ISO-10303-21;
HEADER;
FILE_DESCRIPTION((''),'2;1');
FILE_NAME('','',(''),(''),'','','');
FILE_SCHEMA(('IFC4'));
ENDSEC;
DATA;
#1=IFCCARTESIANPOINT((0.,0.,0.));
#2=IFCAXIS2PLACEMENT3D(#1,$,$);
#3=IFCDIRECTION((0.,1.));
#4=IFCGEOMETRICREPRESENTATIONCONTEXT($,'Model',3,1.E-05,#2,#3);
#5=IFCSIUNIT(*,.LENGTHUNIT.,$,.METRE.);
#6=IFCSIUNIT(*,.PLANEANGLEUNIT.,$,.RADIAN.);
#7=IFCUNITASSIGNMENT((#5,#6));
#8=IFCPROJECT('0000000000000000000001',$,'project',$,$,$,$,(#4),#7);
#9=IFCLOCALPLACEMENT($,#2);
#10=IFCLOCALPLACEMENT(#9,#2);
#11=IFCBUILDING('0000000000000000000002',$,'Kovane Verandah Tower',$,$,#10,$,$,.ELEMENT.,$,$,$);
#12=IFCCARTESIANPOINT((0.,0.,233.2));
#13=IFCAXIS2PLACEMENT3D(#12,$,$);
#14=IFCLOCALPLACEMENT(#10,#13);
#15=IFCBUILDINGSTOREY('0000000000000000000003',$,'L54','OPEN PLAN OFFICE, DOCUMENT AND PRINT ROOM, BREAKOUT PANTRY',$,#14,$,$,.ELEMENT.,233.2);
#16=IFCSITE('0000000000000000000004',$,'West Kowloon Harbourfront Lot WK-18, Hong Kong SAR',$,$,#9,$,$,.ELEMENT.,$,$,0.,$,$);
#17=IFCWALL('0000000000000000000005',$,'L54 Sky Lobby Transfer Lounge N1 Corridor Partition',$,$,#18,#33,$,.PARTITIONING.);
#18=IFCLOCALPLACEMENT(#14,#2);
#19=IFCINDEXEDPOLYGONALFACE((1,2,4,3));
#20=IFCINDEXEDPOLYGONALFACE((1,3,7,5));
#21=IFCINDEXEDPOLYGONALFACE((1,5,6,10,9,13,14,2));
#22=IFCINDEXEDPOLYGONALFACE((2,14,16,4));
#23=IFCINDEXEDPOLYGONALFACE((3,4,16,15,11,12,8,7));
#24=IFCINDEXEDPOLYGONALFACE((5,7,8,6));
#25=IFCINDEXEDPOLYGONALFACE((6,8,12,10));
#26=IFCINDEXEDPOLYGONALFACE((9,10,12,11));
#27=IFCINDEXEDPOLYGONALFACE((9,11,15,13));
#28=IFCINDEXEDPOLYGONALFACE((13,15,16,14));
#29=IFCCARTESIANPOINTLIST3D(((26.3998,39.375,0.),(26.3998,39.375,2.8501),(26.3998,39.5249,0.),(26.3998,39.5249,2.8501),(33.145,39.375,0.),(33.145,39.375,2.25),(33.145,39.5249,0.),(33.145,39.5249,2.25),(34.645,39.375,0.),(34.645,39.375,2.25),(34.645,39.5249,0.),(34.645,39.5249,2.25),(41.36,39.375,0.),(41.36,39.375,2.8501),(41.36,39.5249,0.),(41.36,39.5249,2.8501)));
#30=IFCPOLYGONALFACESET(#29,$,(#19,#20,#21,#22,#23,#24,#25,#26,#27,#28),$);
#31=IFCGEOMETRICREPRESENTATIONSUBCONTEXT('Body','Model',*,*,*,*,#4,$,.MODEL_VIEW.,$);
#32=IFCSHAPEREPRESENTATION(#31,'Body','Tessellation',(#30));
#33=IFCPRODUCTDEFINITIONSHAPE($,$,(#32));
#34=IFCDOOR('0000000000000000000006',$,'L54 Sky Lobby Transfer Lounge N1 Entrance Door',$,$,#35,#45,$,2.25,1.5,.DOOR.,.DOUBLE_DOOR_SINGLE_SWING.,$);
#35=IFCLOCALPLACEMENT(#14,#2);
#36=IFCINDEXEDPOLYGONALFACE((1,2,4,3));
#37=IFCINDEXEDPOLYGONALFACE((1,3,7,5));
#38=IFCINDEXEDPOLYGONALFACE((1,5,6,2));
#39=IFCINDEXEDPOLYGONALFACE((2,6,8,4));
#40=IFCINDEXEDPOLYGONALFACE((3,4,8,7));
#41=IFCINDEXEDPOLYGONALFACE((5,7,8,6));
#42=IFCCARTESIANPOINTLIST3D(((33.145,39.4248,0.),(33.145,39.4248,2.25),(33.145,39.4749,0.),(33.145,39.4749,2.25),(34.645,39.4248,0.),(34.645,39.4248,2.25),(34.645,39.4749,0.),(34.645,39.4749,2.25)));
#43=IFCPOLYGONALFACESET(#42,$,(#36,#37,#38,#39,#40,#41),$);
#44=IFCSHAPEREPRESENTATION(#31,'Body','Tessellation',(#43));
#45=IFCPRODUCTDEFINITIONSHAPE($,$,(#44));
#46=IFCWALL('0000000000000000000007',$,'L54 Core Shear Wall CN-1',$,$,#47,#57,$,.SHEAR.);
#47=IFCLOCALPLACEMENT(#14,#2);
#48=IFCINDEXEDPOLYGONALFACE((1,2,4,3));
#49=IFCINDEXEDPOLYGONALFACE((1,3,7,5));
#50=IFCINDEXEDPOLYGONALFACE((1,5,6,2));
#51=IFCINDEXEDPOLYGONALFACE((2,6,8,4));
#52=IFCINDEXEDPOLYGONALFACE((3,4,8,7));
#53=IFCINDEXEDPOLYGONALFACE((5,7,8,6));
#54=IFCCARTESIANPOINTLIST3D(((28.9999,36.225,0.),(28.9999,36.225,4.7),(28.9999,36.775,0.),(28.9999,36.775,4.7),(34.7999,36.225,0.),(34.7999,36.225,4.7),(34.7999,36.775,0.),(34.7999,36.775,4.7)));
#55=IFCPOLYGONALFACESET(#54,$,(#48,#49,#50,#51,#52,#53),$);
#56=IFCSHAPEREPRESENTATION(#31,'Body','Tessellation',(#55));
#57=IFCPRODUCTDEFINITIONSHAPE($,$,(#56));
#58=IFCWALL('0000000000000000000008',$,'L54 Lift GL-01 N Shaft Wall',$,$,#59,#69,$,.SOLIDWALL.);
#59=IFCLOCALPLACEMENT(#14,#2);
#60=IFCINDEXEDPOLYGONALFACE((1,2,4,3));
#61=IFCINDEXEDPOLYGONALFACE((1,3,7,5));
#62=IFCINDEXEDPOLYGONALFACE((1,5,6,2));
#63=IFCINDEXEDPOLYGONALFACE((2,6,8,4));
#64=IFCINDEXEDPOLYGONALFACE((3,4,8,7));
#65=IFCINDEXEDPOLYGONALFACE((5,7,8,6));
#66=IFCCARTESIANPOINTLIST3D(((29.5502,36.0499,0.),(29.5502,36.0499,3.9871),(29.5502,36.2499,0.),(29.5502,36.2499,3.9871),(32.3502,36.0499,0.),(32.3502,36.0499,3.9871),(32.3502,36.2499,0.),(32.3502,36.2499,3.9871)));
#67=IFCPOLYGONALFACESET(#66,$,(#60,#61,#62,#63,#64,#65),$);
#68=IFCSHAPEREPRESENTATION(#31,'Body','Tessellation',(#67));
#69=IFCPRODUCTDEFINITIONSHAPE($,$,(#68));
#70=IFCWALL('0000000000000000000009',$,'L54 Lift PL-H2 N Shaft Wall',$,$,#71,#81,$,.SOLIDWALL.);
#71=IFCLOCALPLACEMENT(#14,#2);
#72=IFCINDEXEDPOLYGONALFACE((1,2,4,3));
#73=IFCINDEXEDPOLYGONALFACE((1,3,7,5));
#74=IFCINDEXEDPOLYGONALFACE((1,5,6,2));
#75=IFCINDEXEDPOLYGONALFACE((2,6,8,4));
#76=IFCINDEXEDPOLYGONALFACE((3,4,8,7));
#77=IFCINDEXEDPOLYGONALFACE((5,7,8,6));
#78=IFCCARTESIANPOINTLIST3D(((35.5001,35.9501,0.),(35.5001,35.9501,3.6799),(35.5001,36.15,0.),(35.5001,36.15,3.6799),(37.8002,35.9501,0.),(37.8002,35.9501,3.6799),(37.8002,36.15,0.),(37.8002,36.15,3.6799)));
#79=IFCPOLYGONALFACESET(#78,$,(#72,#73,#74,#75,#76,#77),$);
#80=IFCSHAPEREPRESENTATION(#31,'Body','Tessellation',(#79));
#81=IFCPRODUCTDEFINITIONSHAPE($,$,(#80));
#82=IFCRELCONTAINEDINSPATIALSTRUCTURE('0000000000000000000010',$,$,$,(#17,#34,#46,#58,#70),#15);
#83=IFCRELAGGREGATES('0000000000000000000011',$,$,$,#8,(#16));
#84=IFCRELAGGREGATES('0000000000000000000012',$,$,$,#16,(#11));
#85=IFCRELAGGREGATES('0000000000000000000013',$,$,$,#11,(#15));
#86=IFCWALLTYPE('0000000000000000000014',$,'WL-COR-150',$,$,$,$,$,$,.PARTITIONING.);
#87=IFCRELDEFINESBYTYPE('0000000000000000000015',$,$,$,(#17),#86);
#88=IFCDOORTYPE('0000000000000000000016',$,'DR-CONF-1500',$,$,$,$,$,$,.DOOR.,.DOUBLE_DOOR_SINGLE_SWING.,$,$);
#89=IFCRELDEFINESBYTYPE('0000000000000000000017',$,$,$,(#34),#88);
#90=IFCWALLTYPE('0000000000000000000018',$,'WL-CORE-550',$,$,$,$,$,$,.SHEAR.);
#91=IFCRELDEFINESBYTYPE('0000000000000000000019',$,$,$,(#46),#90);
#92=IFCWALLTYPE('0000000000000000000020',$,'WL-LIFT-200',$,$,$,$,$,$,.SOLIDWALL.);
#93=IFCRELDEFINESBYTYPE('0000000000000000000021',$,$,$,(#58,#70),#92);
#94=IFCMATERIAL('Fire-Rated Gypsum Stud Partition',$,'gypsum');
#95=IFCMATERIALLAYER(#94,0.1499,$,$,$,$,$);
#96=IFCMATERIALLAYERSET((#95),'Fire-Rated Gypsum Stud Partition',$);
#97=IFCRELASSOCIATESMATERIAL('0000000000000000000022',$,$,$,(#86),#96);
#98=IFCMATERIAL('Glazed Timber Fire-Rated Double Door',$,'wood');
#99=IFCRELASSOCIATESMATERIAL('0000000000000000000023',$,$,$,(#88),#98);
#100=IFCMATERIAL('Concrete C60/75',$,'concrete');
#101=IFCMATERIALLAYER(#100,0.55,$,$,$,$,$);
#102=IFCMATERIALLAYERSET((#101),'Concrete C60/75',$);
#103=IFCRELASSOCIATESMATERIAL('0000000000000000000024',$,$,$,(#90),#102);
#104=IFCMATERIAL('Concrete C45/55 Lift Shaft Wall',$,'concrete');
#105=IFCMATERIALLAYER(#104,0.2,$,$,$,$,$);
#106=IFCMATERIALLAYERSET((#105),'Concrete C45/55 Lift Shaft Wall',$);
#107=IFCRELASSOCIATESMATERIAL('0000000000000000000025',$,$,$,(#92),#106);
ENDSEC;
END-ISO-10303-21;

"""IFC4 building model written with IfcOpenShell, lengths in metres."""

from ifc_helpers import new_model, si_unit, direction, frame, frame_2d, origin, place, context, subcontext, project, spatial, rectangle, extrude, material, layer, layer_set, type_object, element, fill, save


model = new_model("IFC4")

# Units and contexts
model_context = context("Model", 3, precision=1e-05, world=origin(), true_north=direction((0.0, 1.0)))
body_context = subcontext(model_context, "Body", "Model", "MODEL_VIEW")
ifc_project = project(units=[si_unit("LENGTHUNIT", "METRE"), si_unit("PLANEANGLEUNIT", "RADIAN")], contexts=[model_context])

# Site, building, storey
site_placement = place(None, origin())
site = spatial("IfcSite", under=ifc_project, at=site_placement, Name="West Kowloon Harbourfront Lot WK-18, Hong Kong SAR", CompositionType="ELEMENT", RefElevation=0.0)
building_placement = place(site_placement, origin())
building = spatial("IfcBuilding", under=site, at=building_placement, Name="Kovane Verandah Tower", CompositionType="ELEMENT")
storey_placement = place(building_placement, frame((0.0, 0.0, 233.2)))
storey = spatial("IfcBuildingStorey", under=building, at=storey_placement, Name="L54", Description="OPEN PLAN OFFICE, DOCUMENT AND PRINT ROOM, BREAKOUT PANTRY", CompositionType="ELEMENT", Elevation=233.2)

# Shared definitions
ifc_material_1 = material(Name="Concrete C60/75", Category="concrete")

# Wall, opening, door
ifc_material_2 = material(Name="Fire-Rated Gypsum Stud Partition", Category="gypsum")
ifc_layer_1 = layer(ifc_material_2, 0.1499)
ifc_layer_set_1 = layer_set([ifc_layer_1], Name="Fire-Rated Gypsum Stud Partition")
wall_type_1 = type_object("IfcWallType", Name="WL-COR-150", PredefinedType="PARTITIONING", material=ifc_layer_set_1)
wall_1_placement = place(storey_placement, frame((26.3999, 39.45, 0.0), z_axis=(0.0, 0.0, 1.0), x_axis=(1.0, 0.0, 0.0)))
wall_1 = element("IfcWall", 1, at=wall_1_placement, inside=storey, type_object=wall_type_1, Name="L54 Sky Lobby Transfer Lounge N1 Corridor Partition", PredefinedType="PARTITIONING", context=body_context, shape_type="SweptSolid", body=[
    extrude(rectangle(XDim=14.9602, YDim=0.1499, at=frame_2d((7.48, 0.0))), origin(), (0.0, 0.0, 1.0), 2.8501),
])
opening_1_placement = place(wall_1_placement, frame((6.7451, 0.0, 0.0)))
opening_1 = element("IfcOpeningElement", 2, at=opening_1_placement, cuts=wall_1, PredefinedType="OPENING", context=body_context, shape_type="SweptSolid", body=[
    extrude(rectangle(XDim=1.5, YDim=2.25, at=frame_2d((0.75, 1.125))), frame((0.0, 0.075, 0.0), z_axis=(0.0, -1.0, 0.0), x_axis=(1.0, 0.0, 0.0)), (0.0, 0.0, 1.0), 0.1499),
])
ifc_material_3 = material(Name="Glazed Timber Fire-Rated Double Door", Category="wood")
door_type_1 = type_object("IfcDoorType", Name="DR-CONF-1500", OperationType="DOUBLE_DOOR_SINGLE_SWING", PredefinedType="DOOR", material=ifc_material_3)
door_1_placement = place(opening_1_placement, origin())
door_1 = element("IfcDoor", 3, at=door_1_placement, inside=storey, type_object=door_type_1, Name="L54 Sky Lobby Transfer Lounge N1 Entrance Door", OperationType="DOUBLE_DOOR_SINGLE_SWING", OverallHeight=2.25, OverallWidth=1.5, PredefinedType="DOOR", context=body_context, shape_type="SweptSolid", body=[
    extrude(rectangle(XDim=1.5, YDim=2.25, at=frame_2d((0.75, 1.125))), frame((0.0, 0.0249, 0.0), z_axis=(0.0, -1.0, 0.0), x_axis=(1.0, 0.0, 0.0)), (0.0, 0.0, 1.0), 0.05),
])
fill(opening_1, door_1)

# Wall
ifc_layer_2 = layer(ifc_material_1, 0.55)
ifc_layer_set_2 = layer_set([ifc_layer_2], Name="Concrete C60/75")
wall_type_2 = type_object("IfcWallType", Name="WL-CORE-550", PredefinedType="SHEAR", material=ifc_layer_set_2)
wall_2_placement = place(storey_placement, frame((29.0, 36.5, 0.0), z_axis=(0.0, 0.0, 1.0), x_axis=(1.0, 0.0, 0.0)))
element("IfcWall", 4, at=wall_2_placement, inside=storey, type_object=wall_type_2, Name="L54 Core Shear Wall CN-1", PredefinedType="SHEAR", context=body_context, shape_type="SweptSolid", body=[
    extrude(rectangle(XDim=5.8, YDim=0.55, at=frame_2d((2.8999, 0.0))), origin(), (0.0, 0.0, 1.0), 4.7),
])

# Walls
ifc_material_4 = material(Name="Concrete C45/55 Lift Shaft Wall", Category="concrete")
ifc_layer_3 = layer(ifc_material_4, 0.2)
ifc_layer_set_3 = layer_set([ifc_layer_3], Name="Concrete C45/55 Lift Shaft Wall")
wall_type_3 = type_object("IfcWallType", Name="WL-LIFT-200", PredefinedType="SOLIDWALL", material=ifc_layer_set_3)
wall_3_placement = place(storey_placement, frame((32.3501, 36.1499, 0.0), z_axis=(0.0, 0.0, 1.0), x_axis=(-1.0, 0.0, 0.0)))
element("IfcWall", 5, at=wall_3_placement, inside=storey, type_object=wall_type_3, Name="L54 Lift GL-01 N Shaft Wall", PredefinedType="SOLIDWALL", context=body_context, shape_type="SweptSolid", body=[
    extrude(rectangle(XDim=2.8, YDim=0.2, at=frame_2d((1.3999, 0.0))), origin(), (0.0, 0.0, 1.0), 3.9871),
])
wall_4_placement = place(storey_placement, frame((37.8, 36.05, 0.0), z_axis=(0.0, 0.0, 1.0), x_axis=(-1.0, 0.0, 0.0)))
element("IfcWall", 6, at=wall_4_placement, inside=storey, type_object=wall_type_3, Name="L54 Lift PL-H2 N Shaft Wall", PredefinedType="SOLIDWALL", context=body_context, shape_type="SweptSolid", body=[
    extrude(rectangle(XDim=2.3, YDim=0.2, at=frame_2d((1.1499, 0.0))), origin(), (0.0, 0.0, 1.0), 3.6799),
])

save(model, "model.ifc")
